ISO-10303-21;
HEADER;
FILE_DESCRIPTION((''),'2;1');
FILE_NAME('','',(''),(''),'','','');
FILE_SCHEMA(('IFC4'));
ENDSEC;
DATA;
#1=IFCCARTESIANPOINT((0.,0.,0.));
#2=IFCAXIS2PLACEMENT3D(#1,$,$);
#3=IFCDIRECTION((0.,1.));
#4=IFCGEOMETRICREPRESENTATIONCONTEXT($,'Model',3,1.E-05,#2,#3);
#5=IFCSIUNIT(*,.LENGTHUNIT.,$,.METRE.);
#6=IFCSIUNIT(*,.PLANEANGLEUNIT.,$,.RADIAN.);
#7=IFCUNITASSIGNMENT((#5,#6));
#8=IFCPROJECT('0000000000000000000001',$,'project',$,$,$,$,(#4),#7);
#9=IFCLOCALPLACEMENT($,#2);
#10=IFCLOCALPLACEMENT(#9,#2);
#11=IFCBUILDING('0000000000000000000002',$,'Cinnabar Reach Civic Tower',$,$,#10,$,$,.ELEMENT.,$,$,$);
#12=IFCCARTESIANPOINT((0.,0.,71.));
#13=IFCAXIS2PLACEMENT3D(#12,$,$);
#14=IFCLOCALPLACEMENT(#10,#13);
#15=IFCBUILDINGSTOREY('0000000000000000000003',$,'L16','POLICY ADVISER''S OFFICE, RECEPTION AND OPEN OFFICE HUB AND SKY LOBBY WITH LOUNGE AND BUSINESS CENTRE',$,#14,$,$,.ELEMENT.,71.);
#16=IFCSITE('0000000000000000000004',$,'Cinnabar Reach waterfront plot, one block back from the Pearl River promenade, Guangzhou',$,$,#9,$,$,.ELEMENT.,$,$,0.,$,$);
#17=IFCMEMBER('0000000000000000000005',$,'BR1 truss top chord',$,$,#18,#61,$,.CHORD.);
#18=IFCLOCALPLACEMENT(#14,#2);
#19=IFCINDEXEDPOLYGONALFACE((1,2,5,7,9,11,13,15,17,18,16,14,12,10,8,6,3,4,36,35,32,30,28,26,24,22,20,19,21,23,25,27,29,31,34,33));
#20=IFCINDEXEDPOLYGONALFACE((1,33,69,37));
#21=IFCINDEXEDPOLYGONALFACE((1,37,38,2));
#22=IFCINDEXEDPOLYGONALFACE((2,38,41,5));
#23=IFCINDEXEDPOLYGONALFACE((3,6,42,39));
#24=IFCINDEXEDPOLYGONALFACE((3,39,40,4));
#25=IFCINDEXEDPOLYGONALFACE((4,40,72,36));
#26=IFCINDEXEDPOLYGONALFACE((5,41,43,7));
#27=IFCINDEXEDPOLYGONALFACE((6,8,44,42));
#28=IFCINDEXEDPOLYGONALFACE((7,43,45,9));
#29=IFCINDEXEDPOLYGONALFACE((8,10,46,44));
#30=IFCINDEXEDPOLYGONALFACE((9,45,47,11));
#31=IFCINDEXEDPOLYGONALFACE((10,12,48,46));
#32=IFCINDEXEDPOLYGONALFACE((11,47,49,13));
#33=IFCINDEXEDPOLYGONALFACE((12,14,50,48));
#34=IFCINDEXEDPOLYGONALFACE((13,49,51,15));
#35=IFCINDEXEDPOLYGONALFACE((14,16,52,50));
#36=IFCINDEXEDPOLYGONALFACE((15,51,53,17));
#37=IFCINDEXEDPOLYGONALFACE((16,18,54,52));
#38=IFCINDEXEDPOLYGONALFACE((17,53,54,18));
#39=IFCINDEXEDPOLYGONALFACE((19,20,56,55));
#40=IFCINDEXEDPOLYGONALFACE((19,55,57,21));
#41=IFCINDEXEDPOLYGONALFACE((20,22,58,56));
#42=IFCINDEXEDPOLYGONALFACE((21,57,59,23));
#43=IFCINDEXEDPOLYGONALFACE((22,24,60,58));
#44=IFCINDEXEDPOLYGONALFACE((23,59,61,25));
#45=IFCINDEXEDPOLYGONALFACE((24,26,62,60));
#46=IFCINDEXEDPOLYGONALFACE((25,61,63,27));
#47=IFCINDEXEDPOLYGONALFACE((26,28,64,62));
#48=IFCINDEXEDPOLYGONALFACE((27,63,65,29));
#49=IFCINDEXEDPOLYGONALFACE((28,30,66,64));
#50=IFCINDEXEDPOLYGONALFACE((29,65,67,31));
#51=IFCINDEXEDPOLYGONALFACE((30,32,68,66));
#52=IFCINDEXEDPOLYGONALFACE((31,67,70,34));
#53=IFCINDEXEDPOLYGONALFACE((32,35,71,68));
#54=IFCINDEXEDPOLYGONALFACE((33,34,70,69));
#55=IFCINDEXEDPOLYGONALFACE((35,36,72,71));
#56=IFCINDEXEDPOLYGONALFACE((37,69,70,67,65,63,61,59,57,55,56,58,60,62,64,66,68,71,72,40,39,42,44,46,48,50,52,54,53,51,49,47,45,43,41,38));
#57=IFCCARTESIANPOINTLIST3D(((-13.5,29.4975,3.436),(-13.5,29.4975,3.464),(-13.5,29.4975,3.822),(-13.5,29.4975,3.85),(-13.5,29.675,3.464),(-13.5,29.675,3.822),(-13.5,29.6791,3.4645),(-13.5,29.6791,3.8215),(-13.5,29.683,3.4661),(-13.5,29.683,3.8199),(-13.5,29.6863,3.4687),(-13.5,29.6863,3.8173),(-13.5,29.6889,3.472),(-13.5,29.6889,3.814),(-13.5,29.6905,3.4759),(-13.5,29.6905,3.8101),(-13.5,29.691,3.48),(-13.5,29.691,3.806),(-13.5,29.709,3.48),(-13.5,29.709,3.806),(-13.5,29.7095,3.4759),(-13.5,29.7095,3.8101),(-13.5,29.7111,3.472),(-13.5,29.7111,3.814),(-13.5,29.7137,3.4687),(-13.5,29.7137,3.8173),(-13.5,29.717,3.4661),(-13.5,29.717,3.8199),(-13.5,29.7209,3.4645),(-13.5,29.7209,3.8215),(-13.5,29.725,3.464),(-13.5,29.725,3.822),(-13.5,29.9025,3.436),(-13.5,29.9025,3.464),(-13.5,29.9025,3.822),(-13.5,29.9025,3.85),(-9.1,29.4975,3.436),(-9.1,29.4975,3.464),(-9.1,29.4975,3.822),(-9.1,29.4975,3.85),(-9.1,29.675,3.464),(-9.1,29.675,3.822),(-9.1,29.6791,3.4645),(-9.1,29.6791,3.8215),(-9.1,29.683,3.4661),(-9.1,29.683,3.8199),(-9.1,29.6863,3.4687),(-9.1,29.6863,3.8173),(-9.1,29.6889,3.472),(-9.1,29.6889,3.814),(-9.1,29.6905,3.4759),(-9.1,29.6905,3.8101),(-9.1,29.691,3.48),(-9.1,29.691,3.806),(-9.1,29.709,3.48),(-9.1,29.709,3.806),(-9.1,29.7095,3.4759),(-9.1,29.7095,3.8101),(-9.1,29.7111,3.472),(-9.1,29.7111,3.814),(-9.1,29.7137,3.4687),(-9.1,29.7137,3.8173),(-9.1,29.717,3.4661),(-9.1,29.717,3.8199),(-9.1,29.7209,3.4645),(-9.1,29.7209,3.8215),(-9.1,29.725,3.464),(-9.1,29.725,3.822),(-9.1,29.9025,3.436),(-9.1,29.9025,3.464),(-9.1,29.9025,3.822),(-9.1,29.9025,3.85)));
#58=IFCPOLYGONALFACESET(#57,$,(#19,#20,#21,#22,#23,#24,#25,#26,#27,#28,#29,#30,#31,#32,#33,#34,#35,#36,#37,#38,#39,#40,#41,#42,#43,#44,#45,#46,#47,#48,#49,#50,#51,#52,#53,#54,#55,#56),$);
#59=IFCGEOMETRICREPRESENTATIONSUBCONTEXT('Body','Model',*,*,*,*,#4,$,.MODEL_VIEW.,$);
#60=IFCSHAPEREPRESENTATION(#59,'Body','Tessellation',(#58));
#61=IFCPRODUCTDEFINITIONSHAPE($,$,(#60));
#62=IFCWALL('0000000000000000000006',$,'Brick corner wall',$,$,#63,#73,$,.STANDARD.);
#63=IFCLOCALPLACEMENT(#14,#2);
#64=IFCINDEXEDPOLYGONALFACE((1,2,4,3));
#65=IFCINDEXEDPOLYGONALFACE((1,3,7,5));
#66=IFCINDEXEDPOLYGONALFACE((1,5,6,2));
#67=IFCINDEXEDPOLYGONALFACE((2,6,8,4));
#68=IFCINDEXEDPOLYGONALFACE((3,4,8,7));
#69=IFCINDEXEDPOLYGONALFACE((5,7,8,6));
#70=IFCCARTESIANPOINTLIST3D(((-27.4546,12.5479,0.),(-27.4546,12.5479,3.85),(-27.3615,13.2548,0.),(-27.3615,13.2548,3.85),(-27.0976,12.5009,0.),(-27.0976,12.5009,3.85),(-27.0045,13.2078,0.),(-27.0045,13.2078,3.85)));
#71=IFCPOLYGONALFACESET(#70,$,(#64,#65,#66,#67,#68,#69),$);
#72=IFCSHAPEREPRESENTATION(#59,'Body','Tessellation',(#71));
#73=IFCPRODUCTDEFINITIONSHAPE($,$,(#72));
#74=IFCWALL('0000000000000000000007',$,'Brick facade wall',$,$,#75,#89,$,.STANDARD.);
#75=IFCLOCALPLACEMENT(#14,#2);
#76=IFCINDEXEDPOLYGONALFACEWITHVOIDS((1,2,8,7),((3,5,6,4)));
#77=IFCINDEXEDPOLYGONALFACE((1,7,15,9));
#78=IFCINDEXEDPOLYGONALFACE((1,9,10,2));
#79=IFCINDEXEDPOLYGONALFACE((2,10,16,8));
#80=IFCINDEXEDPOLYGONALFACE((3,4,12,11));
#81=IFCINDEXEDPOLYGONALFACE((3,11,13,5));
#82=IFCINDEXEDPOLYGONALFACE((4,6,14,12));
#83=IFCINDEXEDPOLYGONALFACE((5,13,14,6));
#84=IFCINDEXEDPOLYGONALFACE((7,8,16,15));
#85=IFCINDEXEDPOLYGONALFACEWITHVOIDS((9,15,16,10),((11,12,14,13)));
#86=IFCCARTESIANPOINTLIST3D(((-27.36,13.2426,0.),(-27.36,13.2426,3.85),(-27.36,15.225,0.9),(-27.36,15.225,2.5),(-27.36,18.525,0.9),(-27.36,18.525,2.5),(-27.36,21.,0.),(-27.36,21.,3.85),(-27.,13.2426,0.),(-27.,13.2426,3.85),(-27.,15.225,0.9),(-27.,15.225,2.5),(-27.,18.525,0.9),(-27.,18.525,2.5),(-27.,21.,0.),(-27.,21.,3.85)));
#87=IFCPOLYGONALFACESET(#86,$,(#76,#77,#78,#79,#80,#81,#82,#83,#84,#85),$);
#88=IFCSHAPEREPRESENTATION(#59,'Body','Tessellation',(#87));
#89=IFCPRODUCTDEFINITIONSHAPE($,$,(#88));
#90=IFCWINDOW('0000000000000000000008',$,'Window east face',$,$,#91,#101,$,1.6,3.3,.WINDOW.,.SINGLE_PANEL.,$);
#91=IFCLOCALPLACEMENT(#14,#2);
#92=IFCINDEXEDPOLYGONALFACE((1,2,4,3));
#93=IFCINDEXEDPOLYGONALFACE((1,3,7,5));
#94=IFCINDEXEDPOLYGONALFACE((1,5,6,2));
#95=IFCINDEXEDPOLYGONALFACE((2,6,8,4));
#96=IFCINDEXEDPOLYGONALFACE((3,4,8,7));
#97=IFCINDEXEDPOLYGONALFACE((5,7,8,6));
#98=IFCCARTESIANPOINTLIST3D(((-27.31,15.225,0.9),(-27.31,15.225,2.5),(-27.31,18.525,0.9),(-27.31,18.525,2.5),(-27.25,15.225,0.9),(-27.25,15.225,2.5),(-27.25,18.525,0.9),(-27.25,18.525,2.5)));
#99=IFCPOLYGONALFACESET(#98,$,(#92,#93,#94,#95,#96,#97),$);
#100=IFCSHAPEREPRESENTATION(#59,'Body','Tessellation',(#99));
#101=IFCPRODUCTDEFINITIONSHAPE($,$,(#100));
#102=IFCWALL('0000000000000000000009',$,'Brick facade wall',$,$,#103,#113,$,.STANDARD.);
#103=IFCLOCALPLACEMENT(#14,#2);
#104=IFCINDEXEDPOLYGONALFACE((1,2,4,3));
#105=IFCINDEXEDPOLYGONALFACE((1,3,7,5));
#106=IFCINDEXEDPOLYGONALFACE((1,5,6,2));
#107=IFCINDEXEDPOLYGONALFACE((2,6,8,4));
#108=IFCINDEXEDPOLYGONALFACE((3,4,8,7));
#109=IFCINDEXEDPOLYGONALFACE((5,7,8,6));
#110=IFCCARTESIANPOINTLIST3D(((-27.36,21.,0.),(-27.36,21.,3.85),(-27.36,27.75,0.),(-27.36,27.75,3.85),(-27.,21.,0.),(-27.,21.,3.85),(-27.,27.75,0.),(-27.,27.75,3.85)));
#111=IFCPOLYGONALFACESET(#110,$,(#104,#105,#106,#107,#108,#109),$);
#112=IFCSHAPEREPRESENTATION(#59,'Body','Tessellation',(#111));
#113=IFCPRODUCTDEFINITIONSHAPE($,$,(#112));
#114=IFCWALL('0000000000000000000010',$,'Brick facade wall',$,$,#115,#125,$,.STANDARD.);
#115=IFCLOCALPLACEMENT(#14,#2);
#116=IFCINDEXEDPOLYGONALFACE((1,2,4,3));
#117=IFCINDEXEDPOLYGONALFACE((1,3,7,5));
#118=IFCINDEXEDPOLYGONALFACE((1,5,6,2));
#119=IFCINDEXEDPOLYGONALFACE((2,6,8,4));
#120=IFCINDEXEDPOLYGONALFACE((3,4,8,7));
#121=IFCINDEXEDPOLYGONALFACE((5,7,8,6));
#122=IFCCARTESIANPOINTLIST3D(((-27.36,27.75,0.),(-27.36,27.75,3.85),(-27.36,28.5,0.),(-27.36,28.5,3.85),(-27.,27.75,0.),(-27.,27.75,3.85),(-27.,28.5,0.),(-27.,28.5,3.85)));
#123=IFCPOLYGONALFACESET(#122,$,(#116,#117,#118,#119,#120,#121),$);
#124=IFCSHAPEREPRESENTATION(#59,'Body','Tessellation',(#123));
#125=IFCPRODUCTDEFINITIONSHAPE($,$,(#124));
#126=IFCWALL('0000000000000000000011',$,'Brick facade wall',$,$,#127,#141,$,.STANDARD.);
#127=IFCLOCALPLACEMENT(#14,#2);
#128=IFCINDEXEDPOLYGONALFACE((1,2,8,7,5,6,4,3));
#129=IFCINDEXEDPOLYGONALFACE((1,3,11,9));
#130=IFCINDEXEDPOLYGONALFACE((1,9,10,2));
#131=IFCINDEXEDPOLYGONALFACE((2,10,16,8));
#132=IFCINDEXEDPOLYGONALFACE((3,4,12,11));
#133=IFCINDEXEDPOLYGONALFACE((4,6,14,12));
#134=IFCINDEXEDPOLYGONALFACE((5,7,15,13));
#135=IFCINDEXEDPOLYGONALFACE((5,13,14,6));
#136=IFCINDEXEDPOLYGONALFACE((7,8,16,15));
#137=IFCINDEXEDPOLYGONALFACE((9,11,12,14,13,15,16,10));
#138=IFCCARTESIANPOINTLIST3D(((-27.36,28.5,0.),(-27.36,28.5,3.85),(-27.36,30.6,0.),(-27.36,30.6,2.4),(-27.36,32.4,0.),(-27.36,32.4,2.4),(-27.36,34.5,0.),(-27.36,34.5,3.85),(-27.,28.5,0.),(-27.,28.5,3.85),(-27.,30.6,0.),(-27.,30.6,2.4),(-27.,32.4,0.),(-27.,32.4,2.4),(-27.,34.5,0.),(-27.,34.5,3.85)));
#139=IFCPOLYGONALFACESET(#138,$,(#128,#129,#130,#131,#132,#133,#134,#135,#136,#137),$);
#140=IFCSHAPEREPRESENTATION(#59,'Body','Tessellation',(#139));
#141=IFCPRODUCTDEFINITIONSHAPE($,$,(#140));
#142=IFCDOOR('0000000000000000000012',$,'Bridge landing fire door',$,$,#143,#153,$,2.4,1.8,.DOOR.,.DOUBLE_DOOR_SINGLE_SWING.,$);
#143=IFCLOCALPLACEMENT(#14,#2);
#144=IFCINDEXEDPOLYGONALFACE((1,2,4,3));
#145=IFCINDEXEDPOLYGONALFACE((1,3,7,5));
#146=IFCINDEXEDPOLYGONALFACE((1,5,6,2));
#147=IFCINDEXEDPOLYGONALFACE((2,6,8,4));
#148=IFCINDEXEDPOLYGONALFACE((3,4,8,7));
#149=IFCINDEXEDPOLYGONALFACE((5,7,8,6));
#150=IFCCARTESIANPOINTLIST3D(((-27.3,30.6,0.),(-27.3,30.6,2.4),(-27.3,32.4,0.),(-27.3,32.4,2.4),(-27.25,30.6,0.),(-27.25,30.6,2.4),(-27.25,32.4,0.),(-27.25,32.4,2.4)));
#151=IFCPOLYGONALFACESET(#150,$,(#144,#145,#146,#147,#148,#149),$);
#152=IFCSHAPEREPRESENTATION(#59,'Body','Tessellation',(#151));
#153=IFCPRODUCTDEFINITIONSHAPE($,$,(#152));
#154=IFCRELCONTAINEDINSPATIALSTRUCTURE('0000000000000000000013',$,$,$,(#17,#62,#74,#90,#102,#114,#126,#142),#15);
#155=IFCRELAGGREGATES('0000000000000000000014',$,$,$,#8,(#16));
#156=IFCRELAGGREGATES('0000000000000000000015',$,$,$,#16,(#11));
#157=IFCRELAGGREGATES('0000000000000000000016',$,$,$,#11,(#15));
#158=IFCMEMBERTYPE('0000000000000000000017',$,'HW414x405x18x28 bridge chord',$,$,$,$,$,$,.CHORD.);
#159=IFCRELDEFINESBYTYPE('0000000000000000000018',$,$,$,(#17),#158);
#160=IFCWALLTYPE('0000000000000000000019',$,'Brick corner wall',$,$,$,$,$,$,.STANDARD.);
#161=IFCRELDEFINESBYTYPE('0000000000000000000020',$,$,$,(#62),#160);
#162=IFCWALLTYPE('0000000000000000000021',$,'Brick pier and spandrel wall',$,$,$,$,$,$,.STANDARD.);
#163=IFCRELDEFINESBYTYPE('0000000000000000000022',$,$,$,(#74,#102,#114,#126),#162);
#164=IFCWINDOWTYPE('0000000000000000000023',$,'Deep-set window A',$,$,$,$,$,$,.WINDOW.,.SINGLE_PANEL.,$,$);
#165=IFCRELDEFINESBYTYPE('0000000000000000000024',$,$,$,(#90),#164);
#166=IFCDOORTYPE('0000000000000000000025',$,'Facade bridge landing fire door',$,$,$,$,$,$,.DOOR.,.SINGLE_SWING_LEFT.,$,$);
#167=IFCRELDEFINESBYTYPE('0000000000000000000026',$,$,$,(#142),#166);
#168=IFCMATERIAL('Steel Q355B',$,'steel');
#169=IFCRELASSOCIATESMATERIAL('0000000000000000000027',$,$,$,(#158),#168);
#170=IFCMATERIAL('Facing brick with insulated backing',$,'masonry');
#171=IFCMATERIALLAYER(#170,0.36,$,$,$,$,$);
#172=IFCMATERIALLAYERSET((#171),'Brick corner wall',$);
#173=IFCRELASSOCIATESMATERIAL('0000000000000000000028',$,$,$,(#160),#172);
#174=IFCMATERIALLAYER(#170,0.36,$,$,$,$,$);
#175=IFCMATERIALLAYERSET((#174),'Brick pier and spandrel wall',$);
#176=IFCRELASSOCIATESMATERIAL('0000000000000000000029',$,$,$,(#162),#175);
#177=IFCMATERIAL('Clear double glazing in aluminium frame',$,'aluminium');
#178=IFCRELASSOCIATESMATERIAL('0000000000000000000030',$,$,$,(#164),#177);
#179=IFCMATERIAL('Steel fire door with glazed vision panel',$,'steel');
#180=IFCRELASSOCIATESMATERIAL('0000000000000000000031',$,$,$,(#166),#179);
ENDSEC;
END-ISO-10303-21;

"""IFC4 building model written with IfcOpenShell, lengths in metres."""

from ifc_helpers import new_model, si_unit, direction, frame, frame_2d, origin, origin_2d, place, context, subcontext, project, spatial, rectangle, i_section, extrude, material, layer, layer_set, material_profile, profile_set, type_object, element, fill, save


model = new_model("IFC4")

# Units and contexts
model_context = context("Model", 3, precision=1e-05, world=origin(), true_north=direction((0.0, 1.0)))
body_context = subcontext(model_context, "Body", "Model", "MODEL_VIEW")
ifc_project = project(units=[si_unit("LENGTHUNIT", "METRE"), si_unit("PLANEANGLEUNIT", "RADIAN")], contexts=[model_context])

# Site, building, storey
site_placement = place(None, origin())
site = spatial("IfcSite", under=ifc_project, at=site_placement, Name="Cinnabar Reach waterfront plot, one block back from the Pearl River promenade, Guangzhou", CompositionType="ELEMENT", RefElevation=0.0)
building_placement = place(site_placement, origin())
building = spatial("IfcBuilding", under=site, at=building_placement, Name="Cinnabar Reach Civic Tower", CompositionType="ELEMENT")
storey_placement = place(building_placement, frame((0.0, 0.0, 71.0)))
storey = spatial("IfcBuildingStorey", under=building, at=storey_placement, Name="L16", Description="POLICY ADVISER'S OFFICE, RECEPTION AND OPEN OFFICE HUB AND SKY LOBBY WITH LOUNGE AND BUSINESS CENTRE", CompositionType="ELEMENT", Elevation=71.0)

# Member
ifc_material_1 = material(Name="Steel Q355B", Category="steel")
ifc_material_profile_1 = material_profile(ifc_material_1, i_section(OverallWidth=0.405, OverallDepth=0.414, WebThickness=0.018, FlangeThickness=0.028, FilletRadius=0.016, at=origin_2d()), Name="HW414x405x18x28")
ifc_profile_set_1 = profile_set([ifc_material_profile_1], Name="Steel Q355B")
member_type_1 = type_object("IfcMemberType", Name="HW414x405x18x28 bridge chord", PredefinedType="CHORD", material=ifc_profile_set_1)
for number, where, z_axis, x_axis, name in (
    (1, (-13.5, 29.7, 3.643), (1.0, 0.0, 0.0), (0.0, 1.0, 0.0), "BR1 truss top chord"),
):
    element("IfcMember", number, at=place(storey_placement, frame(where, z_axis=z_axis, x_axis=x_axis)), inside=storey, type_object=member_type_1, Name=name, PredefinedType="CHORD", context=body_context, shape_type="SweptSolid", body=[
        extrude(i_section(OverallWidth=0.405, OverallDepth=0.414, WebThickness=0.018, FlangeThickness=0.028, FilletRadius=0.016, at=origin_2d()), origin(), (0.0, 0.0, 1.0), 4.4),
    ])

# Wall
ifc_material_2 = material(Name="Facing brick with insulated backing", Category="masonry")
ifc_layer_1 = layer(ifc_material_2, 0.36)
ifc_layer_set_1 = layer_set([ifc_layer_1], Name="Brick corner wall")
wall_type_1 = type_object("IfcWallType", Name="Brick corner wall", PredefinedType="STANDARD", material=ifc_layer_set_1)
wall_1_placement = place(storey_placement, frame((-27.2761, 12.5244, 0.0), z_axis=(0.0, 0.0, 1.0), x_axis=(0.130556, 0.991441, 0.0)))
element("IfcWall", 2, at=wall_1_placement, inside=storey, type_object=wall_type_1, Name="Brick corner wall", PredefinedType="STANDARD", context=body_context, shape_type="SweptSolid", body=[
    extrude(rectangle(XDim=0.7131, YDim=0.36, at=frame_2d((0.3565, 0.0))), origin(), (0.0, 0.0, 1.0), 3.85),
])

# Wall, opening, window
ifc_layer_2 = layer(ifc_material_2, 0.36)
ifc_layer_set_2 = layer_set([ifc_layer_2], Name="Brick pier and spandrel wall")
wall_type_2 = type_object("IfcWallType", Name="Brick pier and spandrel wall", PredefinedType="STANDARD", material=ifc_layer_set_2)
wall_2_placement = place(storey_placement, frame((-27.18, 13.2426, 0.0), z_axis=(0.0, 0.0, 1.0), x_axis=(0.0, 1.0, 0.0)))
wall_2 = element("IfcWall", 3, at=wall_2_placement, inside=storey, type_object=wall_type_2, Name="Brick facade wall", PredefinedType="STANDARD", context=body_context, shape_type="SweptSolid", body=[
    extrude(rectangle(XDim=7.7574, YDim=0.36, at=frame_2d((3.8787, 0.0))), origin(), (0.0, 0.0, 1.0), 3.85),
])
opening_1_placement = place(wall_2_placement, frame((1.9824, 0.0, 0.9)))
opening_1 = element("IfcOpeningElement", 4, at=opening_1_placement, cuts=wall_2, PredefinedType="OPENING", context=body_context, shape_type="SweptSolid", body=[
    extrude(rectangle(XDim=3.3, YDim=1.6, at=frame_2d((1.65, 0.8))), frame((0.0, 0.19, 0.0), z_axis=(0.0, -1.0, 0.0), x_axis=(1.0, 0.0, 0.0)), (0.0, 0.0, 1.0), 0.38),
])
ifc_material_3 = material(Name="Clear double glazing in aluminium frame", Category="aluminium")
window_type = type_object("IfcWindowType", Name="Deep-set window A", PartitioningType="SINGLE_PANEL", PredefinedType="WINDOW", material=ifc_material_3)
window_placement = place(opening_1_placement, origin())
window = element("IfcWindow", 5, at=window_placement, inside=storey, type_object=window_type, Name="Window east face", OverallHeight=1.6, OverallWidth=3.3, PartitioningType="SINGLE_PANEL", PredefinedType="WINDOW", context=body_context, shape_type="SweptSolid", body=[
    extrude(rectangle(XDim=3.3, YDim=1.6, at=frame_2d((1.65, 0.8))), frame((0.0, 0.13, 0.0), z_axis=(0.0, -1.0, 0.0), x_axis=(1.0, 0.0, 0.0)), (0.0, 0.0, 1.0), 0.06),
])
fill(opening_1, window)

# Walls
wall_3_placement = place(storey_placement, frame((-27.18, 21.0, 0.0), z_axis=(0.0, 0.0, 1.0), x_axis=(0.0, 1.0, 0.0)))
element("IfcWall", 6, at=wall_3_placement, inside=storey, type_object=wall_type_2, Name="Brick facade wall", PredefinedType="STANDARD", context=body_context, shape_type="SweptSolid", body=[
    extrude(rectangle(XDim=6.75, YDim=0.36, at=frame_2d((3.375, 0.0))), origin(), (0.0, 0.0, 1.0), 3.85),
])
wall_4_placement = place(storey_placement, frame((-27.18, 27.75, 0.0), z_axis=(0.0, 0.0, 1.0), x_axis=(0.0, 1.0, 0.0)))
element("IfcWall", 7, at=wall_4_placement, inside=storey, type_object=wall_type_2, Name="Brick facade wall", PredefinedType="STANDARD", context=body_context, shape_type="SweptSolid", body=[
    extrude(rectangle(XDim=0.75, YDim=0.36, at=frame_2d((0.375, 0.0))), origin(), (0.0, 0.0, 1.0), 3.85),
])

# Wall, opening, door
wall_5_placement = place(storey_placement, frame((-27.18, 28.5, 0.0), z_axis=(0.0, 0.0, 1.0), x_axis=(0.0, 1.0, 0.0)))
wall_5 = element("IfcWall", 8, at=wall_5_placement, inside=storey, type_object=wall_type_2, Name="Brick facade wall", PredefinedType="STANDARD", context=body_context, shape_type="SweptSolid", body=[
    extrude(rectangle(XDim=6.0, YDim=0.36, at=frame_2d((3.0, 0.0))), origin(), (0.0, 0.0, 1.0), 3.85),
])
opening_2_placement = place(wall_5_placement, frame((2.1, 0.0, 0.0)))
opening_2 = element("IfcOpeningElement", 9, at=opening_2_placement, cuts=wall_5, PredefinedType="OPENING", context=body_context, shape_type="SweptSolid", body=[
    extrude(rectangle(XDim=1.8, YDim=2.4, at=frame_2d((0.9, 1.2))), frame((0.0, 0.19, 0.0), z_axis=(0.0, -1.0, 0.0), x_axis=(1.0, 0.0, 0.0)), (0.0, 0.0, 1.0), 0.38),
])
ifc_material_4 = material(Name="Steel fire door with glazed vision panel", Category="steel")
door_type_1 = type_object("IfcDoorType", Name="Facade bridge landing fire door", OperationType="SINGLE_SWING_LEFT", PredefinedType="DOOR", material=ifc_material_4)
door_1_placement = place(opening_2_placement, frame((1.8, 0.0, 0.0), z_axis=(0.0, 0.0, 1.0), x_axis=(-1.0, 0.0, 0.0)))
door_1 = element("IfcDoor", 10, at=door_1_placement, inside=storey, type_object=door_type_1, Name="Bridge landing fire door", OperationType="DOUBLE_DOOR_SINGLE_SWING", OverallHeight=2.4, OverallWidth=1.8, PredefinedType="DOOR", context=body_context, shape_type="SweptSolid", body=[
    extrude(rectangle(XDim=1.8, YDim=2.4, at=frame_2d((0.9, 1.2))), frame((0.0, -0.07, 0.0), z_axis=(0.0, -1.0, 0.0), x_axis=(1.0, 0.0, 0.0)), (0.0, 0.0, 1.0), 0.05),
])
fill(opening_2, door_1)

save(model, "model.ifc")
